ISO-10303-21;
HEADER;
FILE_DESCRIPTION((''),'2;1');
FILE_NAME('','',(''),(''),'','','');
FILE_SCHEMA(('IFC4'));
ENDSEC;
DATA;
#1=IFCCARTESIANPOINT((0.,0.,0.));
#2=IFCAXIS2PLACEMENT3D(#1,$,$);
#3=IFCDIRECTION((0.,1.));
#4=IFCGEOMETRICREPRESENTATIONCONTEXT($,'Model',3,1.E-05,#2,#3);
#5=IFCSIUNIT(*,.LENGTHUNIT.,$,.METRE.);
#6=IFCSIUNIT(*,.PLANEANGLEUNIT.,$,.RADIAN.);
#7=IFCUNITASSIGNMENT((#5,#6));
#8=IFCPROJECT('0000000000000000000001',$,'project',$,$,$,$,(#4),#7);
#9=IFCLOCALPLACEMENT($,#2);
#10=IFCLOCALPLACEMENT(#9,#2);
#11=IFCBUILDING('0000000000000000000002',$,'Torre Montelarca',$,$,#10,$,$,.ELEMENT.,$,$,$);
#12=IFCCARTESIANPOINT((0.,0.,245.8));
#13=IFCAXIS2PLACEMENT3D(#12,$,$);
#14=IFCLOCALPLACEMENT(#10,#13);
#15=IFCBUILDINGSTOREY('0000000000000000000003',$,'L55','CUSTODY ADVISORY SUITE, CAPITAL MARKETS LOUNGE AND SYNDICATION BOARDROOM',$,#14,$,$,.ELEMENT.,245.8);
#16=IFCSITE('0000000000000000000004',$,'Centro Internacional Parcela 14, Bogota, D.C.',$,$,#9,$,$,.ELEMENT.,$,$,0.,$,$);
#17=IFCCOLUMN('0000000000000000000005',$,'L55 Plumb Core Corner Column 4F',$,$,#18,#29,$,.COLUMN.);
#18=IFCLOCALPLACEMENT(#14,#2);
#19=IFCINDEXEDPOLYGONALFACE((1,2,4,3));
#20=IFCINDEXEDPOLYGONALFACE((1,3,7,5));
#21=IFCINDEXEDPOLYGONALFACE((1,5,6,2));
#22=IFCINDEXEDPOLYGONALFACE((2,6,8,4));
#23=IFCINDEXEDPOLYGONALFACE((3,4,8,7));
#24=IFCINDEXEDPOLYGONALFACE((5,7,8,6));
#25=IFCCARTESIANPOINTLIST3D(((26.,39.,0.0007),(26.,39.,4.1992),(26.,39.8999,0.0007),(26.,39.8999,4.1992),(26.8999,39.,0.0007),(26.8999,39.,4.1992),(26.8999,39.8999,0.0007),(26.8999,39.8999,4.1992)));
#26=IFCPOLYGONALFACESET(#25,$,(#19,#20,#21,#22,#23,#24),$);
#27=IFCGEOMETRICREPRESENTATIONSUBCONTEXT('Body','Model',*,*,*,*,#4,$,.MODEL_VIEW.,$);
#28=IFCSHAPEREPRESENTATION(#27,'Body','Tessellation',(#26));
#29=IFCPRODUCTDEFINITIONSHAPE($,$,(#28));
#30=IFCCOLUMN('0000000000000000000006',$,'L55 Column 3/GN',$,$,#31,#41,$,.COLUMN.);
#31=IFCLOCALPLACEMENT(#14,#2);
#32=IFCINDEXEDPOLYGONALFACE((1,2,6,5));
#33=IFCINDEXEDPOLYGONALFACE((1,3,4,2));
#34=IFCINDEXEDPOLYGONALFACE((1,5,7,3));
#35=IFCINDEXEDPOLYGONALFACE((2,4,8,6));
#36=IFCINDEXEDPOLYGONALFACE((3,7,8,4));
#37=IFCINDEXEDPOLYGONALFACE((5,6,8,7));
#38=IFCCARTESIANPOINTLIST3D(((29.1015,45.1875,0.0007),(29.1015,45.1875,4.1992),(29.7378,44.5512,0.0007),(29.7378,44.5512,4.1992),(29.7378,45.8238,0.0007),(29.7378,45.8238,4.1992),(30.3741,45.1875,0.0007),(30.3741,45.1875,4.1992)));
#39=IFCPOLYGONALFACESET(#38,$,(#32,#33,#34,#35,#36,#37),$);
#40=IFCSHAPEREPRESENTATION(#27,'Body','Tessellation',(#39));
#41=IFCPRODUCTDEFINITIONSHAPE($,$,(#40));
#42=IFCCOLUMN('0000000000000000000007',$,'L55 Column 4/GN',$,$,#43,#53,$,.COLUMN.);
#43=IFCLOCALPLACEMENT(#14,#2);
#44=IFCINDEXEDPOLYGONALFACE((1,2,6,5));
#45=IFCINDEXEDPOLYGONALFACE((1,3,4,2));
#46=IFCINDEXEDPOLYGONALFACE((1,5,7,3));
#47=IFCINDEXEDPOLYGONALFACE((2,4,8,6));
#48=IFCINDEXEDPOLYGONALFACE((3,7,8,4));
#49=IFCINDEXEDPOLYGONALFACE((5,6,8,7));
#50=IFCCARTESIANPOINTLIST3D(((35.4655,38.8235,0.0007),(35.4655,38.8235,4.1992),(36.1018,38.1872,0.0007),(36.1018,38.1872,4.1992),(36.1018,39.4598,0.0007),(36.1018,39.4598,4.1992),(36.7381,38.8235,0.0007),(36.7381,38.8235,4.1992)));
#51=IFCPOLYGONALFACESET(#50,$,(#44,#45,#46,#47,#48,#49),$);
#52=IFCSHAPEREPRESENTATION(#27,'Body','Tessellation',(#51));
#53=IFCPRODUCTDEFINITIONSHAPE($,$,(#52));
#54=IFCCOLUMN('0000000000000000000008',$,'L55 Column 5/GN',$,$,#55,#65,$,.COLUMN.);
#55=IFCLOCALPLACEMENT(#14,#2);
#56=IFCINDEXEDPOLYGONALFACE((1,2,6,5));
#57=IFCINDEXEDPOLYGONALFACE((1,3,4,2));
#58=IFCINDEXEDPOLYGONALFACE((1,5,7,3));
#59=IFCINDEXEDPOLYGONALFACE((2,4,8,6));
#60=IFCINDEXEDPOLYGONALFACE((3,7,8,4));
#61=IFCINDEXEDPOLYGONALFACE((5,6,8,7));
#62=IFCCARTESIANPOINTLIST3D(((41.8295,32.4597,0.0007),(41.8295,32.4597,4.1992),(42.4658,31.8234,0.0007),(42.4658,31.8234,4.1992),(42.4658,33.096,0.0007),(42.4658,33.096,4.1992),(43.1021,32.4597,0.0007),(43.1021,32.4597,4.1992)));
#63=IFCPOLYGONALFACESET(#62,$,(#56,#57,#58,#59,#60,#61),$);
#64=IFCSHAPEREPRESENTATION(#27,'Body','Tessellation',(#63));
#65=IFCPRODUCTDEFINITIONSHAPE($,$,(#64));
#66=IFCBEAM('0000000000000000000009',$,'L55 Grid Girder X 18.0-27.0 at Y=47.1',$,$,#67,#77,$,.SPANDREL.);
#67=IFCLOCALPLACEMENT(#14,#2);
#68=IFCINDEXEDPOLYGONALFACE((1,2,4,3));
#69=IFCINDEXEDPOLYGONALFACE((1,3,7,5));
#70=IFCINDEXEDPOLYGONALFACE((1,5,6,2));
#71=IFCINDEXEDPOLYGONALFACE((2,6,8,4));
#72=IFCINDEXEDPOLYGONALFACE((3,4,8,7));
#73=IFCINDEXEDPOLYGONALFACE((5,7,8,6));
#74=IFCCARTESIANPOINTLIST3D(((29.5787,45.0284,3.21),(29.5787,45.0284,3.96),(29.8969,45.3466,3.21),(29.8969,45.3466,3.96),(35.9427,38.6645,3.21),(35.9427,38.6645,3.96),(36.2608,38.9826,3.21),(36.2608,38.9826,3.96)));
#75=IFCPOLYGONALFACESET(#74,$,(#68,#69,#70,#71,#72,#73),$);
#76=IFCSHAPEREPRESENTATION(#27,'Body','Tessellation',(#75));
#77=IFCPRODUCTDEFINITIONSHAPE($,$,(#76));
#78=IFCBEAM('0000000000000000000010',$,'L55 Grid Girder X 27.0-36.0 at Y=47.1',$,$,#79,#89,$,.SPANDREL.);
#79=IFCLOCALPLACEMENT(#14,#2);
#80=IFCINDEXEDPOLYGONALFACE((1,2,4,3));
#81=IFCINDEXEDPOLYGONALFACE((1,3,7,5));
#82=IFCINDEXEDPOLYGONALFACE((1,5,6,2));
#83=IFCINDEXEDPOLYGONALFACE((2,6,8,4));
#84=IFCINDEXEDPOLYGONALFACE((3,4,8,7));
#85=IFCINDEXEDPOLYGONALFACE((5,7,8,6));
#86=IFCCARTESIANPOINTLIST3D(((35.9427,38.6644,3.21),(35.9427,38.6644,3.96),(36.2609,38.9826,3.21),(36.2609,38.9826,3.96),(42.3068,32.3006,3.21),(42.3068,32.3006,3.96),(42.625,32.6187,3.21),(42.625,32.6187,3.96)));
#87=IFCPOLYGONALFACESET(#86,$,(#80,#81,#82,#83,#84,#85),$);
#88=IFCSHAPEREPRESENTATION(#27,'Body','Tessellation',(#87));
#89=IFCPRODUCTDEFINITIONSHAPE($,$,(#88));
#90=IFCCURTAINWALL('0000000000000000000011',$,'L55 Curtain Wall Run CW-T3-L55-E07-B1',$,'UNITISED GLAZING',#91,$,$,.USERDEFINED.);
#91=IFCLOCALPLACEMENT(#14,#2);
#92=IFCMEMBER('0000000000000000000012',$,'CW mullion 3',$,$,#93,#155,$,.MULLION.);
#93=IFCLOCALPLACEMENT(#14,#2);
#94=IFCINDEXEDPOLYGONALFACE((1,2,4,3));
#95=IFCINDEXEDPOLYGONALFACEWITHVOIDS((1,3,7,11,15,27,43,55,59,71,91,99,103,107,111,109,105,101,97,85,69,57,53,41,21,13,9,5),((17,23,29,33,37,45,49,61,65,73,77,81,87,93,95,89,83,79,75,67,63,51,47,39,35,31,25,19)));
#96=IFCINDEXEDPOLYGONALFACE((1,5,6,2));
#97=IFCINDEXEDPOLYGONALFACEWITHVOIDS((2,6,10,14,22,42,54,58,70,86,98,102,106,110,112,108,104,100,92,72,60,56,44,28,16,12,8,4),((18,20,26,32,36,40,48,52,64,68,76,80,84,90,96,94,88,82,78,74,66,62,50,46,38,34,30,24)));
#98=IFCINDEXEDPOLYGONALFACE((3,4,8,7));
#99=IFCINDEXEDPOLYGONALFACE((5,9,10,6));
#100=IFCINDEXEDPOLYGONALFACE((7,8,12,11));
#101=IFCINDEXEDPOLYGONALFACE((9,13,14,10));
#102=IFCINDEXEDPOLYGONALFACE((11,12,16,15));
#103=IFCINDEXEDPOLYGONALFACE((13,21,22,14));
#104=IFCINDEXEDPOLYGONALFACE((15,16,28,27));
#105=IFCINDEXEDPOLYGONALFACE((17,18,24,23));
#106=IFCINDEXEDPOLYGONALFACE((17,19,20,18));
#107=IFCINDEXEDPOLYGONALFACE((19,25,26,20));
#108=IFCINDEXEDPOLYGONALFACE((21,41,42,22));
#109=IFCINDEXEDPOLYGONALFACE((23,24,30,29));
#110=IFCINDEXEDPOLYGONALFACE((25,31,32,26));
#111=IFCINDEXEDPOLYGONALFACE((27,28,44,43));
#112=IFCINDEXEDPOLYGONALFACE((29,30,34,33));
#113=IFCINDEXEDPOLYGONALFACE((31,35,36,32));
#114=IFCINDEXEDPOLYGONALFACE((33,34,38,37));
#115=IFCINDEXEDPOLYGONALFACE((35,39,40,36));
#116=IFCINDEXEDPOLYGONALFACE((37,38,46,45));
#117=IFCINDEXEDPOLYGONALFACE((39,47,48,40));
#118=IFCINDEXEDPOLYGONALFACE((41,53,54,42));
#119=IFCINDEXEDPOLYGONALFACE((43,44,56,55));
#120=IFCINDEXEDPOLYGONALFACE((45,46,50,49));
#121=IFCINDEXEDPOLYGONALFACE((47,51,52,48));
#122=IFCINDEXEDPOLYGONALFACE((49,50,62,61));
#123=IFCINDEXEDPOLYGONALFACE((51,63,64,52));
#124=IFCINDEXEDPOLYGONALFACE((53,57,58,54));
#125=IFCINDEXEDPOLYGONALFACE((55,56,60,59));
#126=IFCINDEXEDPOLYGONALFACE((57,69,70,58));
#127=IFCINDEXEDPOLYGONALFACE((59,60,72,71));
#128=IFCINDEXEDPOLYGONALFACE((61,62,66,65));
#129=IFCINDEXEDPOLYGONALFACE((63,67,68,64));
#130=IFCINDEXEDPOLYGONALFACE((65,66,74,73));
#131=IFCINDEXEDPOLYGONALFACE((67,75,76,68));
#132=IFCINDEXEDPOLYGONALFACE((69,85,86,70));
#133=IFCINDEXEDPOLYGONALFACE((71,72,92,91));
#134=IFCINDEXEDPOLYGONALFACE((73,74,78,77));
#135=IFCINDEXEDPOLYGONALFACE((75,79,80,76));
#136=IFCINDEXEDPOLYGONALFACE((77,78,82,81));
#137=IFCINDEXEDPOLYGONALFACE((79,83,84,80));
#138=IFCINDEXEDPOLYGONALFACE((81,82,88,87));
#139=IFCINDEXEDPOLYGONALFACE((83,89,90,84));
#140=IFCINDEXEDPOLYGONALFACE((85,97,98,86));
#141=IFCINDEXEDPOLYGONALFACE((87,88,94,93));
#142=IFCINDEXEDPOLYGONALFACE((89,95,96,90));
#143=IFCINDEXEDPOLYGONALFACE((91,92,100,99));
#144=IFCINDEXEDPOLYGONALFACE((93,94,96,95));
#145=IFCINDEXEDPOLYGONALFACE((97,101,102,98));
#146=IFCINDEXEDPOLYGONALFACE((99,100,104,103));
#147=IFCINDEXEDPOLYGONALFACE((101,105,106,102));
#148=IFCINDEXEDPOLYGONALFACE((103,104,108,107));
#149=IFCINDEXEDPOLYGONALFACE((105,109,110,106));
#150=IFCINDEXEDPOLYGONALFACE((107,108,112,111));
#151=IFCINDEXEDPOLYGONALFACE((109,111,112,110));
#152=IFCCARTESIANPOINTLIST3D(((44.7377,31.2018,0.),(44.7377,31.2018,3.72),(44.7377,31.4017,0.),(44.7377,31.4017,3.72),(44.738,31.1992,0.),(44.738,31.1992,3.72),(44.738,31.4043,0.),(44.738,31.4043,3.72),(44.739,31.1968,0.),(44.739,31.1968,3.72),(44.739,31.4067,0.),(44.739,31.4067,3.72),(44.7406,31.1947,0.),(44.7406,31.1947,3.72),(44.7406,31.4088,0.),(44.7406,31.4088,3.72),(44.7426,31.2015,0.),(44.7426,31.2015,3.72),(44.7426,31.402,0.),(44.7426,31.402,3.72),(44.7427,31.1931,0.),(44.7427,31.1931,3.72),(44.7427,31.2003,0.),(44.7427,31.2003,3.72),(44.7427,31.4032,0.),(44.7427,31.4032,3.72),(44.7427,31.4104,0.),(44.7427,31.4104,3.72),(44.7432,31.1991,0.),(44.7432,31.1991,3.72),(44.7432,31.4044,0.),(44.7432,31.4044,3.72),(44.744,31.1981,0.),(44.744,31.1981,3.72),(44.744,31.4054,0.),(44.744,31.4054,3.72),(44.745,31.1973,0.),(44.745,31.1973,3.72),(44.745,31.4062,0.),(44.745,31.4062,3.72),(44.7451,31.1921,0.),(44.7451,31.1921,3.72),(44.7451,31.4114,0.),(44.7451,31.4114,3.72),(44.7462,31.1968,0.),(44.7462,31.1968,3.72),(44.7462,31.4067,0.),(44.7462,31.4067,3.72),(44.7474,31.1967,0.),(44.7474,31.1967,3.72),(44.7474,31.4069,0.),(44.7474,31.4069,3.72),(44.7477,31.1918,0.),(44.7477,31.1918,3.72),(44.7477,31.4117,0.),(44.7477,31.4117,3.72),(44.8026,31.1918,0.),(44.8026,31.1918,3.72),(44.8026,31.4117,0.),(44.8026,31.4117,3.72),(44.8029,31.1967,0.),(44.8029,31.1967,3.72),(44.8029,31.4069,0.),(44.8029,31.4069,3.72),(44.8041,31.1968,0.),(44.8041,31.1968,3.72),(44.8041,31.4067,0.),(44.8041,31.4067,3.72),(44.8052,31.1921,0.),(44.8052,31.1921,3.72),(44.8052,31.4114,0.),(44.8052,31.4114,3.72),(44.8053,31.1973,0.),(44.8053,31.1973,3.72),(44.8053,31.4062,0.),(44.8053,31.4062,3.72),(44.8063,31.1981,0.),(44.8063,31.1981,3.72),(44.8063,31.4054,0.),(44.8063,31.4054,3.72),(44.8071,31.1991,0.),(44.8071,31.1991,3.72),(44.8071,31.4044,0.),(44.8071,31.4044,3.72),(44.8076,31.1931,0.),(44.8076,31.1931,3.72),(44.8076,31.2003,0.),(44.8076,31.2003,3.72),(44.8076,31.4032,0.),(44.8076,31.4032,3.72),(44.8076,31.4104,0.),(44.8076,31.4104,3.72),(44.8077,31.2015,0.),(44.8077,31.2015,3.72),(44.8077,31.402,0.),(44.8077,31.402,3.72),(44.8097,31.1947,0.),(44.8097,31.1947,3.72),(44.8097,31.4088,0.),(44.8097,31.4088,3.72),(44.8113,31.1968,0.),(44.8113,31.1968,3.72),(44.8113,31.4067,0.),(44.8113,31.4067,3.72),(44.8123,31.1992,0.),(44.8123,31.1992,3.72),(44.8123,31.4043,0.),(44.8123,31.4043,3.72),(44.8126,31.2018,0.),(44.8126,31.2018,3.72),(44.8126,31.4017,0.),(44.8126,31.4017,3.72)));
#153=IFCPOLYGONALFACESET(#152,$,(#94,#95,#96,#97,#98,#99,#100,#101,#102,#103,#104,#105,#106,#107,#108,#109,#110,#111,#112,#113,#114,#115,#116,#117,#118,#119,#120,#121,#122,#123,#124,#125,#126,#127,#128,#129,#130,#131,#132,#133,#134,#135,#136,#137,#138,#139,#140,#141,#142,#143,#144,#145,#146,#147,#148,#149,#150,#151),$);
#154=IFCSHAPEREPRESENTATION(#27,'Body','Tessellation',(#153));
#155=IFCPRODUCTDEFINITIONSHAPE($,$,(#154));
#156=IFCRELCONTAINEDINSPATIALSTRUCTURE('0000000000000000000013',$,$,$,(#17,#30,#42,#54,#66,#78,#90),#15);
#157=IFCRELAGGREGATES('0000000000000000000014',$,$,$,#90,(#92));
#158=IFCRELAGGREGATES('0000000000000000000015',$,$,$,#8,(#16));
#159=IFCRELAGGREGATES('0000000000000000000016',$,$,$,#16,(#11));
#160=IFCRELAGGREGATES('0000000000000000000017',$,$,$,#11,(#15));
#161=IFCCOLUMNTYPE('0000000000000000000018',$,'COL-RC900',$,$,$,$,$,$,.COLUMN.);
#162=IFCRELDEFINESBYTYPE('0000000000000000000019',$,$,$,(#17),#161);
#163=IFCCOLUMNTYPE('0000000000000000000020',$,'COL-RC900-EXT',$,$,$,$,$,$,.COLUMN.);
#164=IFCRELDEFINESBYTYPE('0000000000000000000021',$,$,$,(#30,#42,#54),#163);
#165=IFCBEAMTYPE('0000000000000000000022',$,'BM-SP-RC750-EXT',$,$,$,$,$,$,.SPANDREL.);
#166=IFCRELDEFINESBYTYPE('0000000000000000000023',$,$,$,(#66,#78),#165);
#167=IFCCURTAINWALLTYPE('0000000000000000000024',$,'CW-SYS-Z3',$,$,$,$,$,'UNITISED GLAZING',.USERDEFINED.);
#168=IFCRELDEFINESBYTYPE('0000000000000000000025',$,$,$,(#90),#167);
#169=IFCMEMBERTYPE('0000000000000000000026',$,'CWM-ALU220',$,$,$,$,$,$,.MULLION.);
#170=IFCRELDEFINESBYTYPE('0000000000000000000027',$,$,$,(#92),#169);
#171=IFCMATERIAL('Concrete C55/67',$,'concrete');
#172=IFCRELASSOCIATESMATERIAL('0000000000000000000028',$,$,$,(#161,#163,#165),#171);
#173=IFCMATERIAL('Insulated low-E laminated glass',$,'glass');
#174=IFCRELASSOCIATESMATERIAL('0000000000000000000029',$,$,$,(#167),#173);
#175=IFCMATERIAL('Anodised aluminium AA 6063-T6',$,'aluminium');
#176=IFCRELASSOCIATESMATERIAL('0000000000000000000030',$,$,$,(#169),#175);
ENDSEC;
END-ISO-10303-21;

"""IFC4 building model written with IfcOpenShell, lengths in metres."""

from ifc_helpers import new_model, si_unit, direction, frame, origin, origin_2d, place, context, subcontext, project, spatial, rectangle, hollow_rectangle, extrude, source, transform, mapped, material, material_profile, profile_set, type_object, element, aggregate, save


model = new_model("IFC4")

# Units and contexts
model_context = context("Model", 3, precision=1e-05, world=origin(), true_north=direction((0.0, 1.0)))
body_context = subcontext(model_context, "Body", "Model", "MODEL_VIEW")
ifc_project = project(units=[si_unit("LENGTHUNIT", "METRE"), si_unit("PLANEANGLEUNIT", "RADIAN")], contexts=[model_context])

# Site, building, storey
site_placement = place(None, origin())
site = spatial("IfcSite", under=ifc_project, at=site_placement, Name="Centro Internacional Parcela 14, Bogota, D.C.", CompositionType="ELEMENT", RefElevation=0.0)
building_placement = place(site_placement, origin())
building = spatial("IfcBuilding", under=site, at=building_placement, Name="Torre Montelarca", CompositionType="ELEMENT")
storey_placement = place(building_placement, frame((0.0, 0.0, 245.8)))
storey = spatial("IfcBuildingStorey", under=building, at=storey_placement, Name="L55", Description="CUSTODY ADVISORY SUITE, CAPITAL MARKETS LOUNGE AND SYNDICATION BOARDROOM", CompositionType="ELEMENT", Elevation=245.8)

# Columns
ifc_material_1 = material(Name="Concrete C55/67", Category="concrete")
ifc_material_profile_1 = material_profile(ifc_material_1, rectangle(XDim=0.8999, YDim=0.8999, at=origin_2d()), Name="RC900X900", Category="concrete")
ifc_profile_set_1 = profile_set([ifc_material_profile_1], Name="Concrete C55/67")
column_type_1 = type_object("IfcColumnType", Name="COL-RC900", PredefinedType="COLUMN", material=ifc_profile_set_1)
shared_shape_1 = source(origin(), body_context, "Body", "SweptSolid", [
    extrude(rectangle(XDim=0.8999, YDim=0.8999, at=origin_2d()), origin(), (0.0, 0.0, 1.0), 4.1985),
])
column_placement = place(storey_placement, frame((26.45, 39.45, 0.0007), z_axis=(0.0, 0.0, 1.0), x_axis=(1.0, 0.0, 0.0)))
element("IfcColumn", 1, at=column_placement, inside=storey, type_object=column_type_1, Name="L55 Plumb Core Corner Column 4F", PredefinedType="COLUMN", context=body_context, shape_type="MappedRepresentation", body=[
    mapped(shared_shape_1, transform((0.0, 0.0, 0.0), scale=1.0)),
])
ifc_material_profile_2 = material_profile(ifc_material_1, rectangle(XDim=0.8999, YDim=0.8999, at=origin_2d()), Name="RC900X900", Category="concrete")
ifc_profile_set_2 = profile_set([ifc_material_profile_2], Name="Concrete C55/67")
column_type_2 = type_object("IfcColumnType", Name="COL-RC900-EXT", PredefinedType="COLUMN", material=ifc_profile_set_2)
shared_shape_2 = source(origin(), body_context, "Body", "SweptSolid", [
    extrude(rectangle(XDim=0.8999, YDim=0.8999, at=origin_2d()), origin(), (0.0, 0.0, 1.0), 4.1985),
])
for number, where, z_axis, x_axis, name in (
    (2, (29.7378, 45.1875, 0.0007), (0.0, 0.0, 1.0), (-0.707107, 0.707107, 0.0), "L55 Column 3/GN"),
    (3, (36.1018, 38.8235, 0.0007), (0.0, 0.0, 1.0), (-0.707107, 0.707107, 0.0), "L55 Column 4/GN"),
    (4, (42.4658, 32.4597, 0.0007), (0.0, 0.0, 1.0), (-0.707107, 0.707107, 0.0), "L55 Column 5/GN"),
):
    element("IfcColumn", number, at=place(storey_placement, frame(where, z_axis=z_axis, x_axis=x_axis)), inside=storey, type_object=column_type_2, Name=name, PredefinedType="COLUMN", context=body_context, shape_type="MappedRepresentation", body=[
        mapped(shared_shape_2, transform((0.0, 0.0, 0.0), scale=1.0)),
    ])

# Beams
ifc_material_profile_3 = material_profile(ifc_material_1, rectangle(XDim=0.45, YDim=0.75, at=origin_2d()), Name="RCB450X750", Category="concrete")
ifc_profile_set_3 = profile_set([ifc_material_profile_3], Name="Concrete C55/67")
beam_type = type_object("IfcBeamType", Name="BM-SP-RC750-EXT", PredefinedType="SPANDREL", material=ifc_profile_set_3)
shared_shape_3 = source(origin(), body_context, "Body", "SweptSolid", [
    extrude(rectangle(XDim=0.45, YDim=0.75, at=origin_2d()), origin(), (0.0, 0.0, 1.0), 9.0),
])
for number, where, z_axis, x_axis, name in (
    (5, (29.7378, 45.1875, 3.585), (0.707107, -0.707107, 0.0), (0.707107, 0.707107, 0.0), "L55 Grid Girder X 18.0-27.0 at Y=47.1"),
    (6, (36.1018, 38.8235, 3.585), (0.70712, -0.707093, 0.0), (0.707093, 0.70712, 0.0), "L55 Grid Girder X 27.0-36.0 at Y=47.1"),
):
    element("IfcBeam", number, at=place(storey_placement, frame(where, z_axis=z_axis, x_axis=x_axis)), inside=storey, type_object=beam_type, Name=name, PredefinedType="SPANDREL", context=body_context, shape_type="MappedRepresentation", body=[
        mapped(shared_shape_3, transform((0.0, 0.0, 0.0), scale=1.0)),
    ])

# Curtain wall, member
ifc_material_2 = material(Name="Insulated low-E laminated glass", Category="glass")
curtain_wall_type = type_object("IfcCurtainWallType", Name="CW-SYS-Z3", ElementType="UNITISED GLAZING", PredefinedType="USERDEFINED", material=ifc_material_2)
curtain_wall_1_placement = place(storey_placement, origin())
curtain_wall_1 = element("IfcCurtainWall", 7, at=curtain_wall_1_placement, inside=storey, type_object=curtain_wall_type, Name="L55 Curtain Wall Run CW-T3-L55-E07-B1", ObjectType="UNITISED GLAZING", PredefinedType="USERDEFINED")
ifc_material_3 = material(Name="Anodised aluminium AA 6063-T6", Category="aluminium")
ifc_material_profile_4 = material_profile(ifc_material_3, hollow_rectangle(XDim=0.075, YDim=0.22, WallThickness=0.0049, InnerFilletRadius=0.0049, OuterFilletRadius=0.01, at=origin_2d()), Name="ALU75X220X5", Category="aluminium")
ifc_profile_set_4 = profile_set([ifc_material_profile_4], Name="Anodised aluminium AA 6063-T6")
member_type_1 = type_object("IfcMemberType", Name="CWM-ALU220", PredefinedType="MULLION", material=ifc_profile_set_4)
shared_shape_4 = source(origin(), body_context, "Body", "SweptSolid", [
    extrude(hollow_rectangle(XDim=0.075, YDim=0.22, WallThickness=0.0049, InnerFilletRadius=0.0049, OuterFilletRadius=0.01, at=origin_2d()), origin(), (0.0, 0.0, 1.0), 3.72),
])
member_1_placement = place(storey_placement, frame((44.7751, 31.3018, 0.0), z_axis=(0.0, 0.0, 1.0), x_axis=(-1.0, 0.0, 0.0)))
member_1 = element("IfcMember", 8, at=member_1_placement, type_object=member_type_1, Name="CW mullion 3", PredefinedType="MULLION", context=body_context, shape_type="MappedRepresentation", body=[
    mapped(shared_shape_4, transform((0.0, 0.0, 0.0), scale=1.0)),
])

aggregate(curtain_wall_1, [member_1])

save(model, "model.ifc")
